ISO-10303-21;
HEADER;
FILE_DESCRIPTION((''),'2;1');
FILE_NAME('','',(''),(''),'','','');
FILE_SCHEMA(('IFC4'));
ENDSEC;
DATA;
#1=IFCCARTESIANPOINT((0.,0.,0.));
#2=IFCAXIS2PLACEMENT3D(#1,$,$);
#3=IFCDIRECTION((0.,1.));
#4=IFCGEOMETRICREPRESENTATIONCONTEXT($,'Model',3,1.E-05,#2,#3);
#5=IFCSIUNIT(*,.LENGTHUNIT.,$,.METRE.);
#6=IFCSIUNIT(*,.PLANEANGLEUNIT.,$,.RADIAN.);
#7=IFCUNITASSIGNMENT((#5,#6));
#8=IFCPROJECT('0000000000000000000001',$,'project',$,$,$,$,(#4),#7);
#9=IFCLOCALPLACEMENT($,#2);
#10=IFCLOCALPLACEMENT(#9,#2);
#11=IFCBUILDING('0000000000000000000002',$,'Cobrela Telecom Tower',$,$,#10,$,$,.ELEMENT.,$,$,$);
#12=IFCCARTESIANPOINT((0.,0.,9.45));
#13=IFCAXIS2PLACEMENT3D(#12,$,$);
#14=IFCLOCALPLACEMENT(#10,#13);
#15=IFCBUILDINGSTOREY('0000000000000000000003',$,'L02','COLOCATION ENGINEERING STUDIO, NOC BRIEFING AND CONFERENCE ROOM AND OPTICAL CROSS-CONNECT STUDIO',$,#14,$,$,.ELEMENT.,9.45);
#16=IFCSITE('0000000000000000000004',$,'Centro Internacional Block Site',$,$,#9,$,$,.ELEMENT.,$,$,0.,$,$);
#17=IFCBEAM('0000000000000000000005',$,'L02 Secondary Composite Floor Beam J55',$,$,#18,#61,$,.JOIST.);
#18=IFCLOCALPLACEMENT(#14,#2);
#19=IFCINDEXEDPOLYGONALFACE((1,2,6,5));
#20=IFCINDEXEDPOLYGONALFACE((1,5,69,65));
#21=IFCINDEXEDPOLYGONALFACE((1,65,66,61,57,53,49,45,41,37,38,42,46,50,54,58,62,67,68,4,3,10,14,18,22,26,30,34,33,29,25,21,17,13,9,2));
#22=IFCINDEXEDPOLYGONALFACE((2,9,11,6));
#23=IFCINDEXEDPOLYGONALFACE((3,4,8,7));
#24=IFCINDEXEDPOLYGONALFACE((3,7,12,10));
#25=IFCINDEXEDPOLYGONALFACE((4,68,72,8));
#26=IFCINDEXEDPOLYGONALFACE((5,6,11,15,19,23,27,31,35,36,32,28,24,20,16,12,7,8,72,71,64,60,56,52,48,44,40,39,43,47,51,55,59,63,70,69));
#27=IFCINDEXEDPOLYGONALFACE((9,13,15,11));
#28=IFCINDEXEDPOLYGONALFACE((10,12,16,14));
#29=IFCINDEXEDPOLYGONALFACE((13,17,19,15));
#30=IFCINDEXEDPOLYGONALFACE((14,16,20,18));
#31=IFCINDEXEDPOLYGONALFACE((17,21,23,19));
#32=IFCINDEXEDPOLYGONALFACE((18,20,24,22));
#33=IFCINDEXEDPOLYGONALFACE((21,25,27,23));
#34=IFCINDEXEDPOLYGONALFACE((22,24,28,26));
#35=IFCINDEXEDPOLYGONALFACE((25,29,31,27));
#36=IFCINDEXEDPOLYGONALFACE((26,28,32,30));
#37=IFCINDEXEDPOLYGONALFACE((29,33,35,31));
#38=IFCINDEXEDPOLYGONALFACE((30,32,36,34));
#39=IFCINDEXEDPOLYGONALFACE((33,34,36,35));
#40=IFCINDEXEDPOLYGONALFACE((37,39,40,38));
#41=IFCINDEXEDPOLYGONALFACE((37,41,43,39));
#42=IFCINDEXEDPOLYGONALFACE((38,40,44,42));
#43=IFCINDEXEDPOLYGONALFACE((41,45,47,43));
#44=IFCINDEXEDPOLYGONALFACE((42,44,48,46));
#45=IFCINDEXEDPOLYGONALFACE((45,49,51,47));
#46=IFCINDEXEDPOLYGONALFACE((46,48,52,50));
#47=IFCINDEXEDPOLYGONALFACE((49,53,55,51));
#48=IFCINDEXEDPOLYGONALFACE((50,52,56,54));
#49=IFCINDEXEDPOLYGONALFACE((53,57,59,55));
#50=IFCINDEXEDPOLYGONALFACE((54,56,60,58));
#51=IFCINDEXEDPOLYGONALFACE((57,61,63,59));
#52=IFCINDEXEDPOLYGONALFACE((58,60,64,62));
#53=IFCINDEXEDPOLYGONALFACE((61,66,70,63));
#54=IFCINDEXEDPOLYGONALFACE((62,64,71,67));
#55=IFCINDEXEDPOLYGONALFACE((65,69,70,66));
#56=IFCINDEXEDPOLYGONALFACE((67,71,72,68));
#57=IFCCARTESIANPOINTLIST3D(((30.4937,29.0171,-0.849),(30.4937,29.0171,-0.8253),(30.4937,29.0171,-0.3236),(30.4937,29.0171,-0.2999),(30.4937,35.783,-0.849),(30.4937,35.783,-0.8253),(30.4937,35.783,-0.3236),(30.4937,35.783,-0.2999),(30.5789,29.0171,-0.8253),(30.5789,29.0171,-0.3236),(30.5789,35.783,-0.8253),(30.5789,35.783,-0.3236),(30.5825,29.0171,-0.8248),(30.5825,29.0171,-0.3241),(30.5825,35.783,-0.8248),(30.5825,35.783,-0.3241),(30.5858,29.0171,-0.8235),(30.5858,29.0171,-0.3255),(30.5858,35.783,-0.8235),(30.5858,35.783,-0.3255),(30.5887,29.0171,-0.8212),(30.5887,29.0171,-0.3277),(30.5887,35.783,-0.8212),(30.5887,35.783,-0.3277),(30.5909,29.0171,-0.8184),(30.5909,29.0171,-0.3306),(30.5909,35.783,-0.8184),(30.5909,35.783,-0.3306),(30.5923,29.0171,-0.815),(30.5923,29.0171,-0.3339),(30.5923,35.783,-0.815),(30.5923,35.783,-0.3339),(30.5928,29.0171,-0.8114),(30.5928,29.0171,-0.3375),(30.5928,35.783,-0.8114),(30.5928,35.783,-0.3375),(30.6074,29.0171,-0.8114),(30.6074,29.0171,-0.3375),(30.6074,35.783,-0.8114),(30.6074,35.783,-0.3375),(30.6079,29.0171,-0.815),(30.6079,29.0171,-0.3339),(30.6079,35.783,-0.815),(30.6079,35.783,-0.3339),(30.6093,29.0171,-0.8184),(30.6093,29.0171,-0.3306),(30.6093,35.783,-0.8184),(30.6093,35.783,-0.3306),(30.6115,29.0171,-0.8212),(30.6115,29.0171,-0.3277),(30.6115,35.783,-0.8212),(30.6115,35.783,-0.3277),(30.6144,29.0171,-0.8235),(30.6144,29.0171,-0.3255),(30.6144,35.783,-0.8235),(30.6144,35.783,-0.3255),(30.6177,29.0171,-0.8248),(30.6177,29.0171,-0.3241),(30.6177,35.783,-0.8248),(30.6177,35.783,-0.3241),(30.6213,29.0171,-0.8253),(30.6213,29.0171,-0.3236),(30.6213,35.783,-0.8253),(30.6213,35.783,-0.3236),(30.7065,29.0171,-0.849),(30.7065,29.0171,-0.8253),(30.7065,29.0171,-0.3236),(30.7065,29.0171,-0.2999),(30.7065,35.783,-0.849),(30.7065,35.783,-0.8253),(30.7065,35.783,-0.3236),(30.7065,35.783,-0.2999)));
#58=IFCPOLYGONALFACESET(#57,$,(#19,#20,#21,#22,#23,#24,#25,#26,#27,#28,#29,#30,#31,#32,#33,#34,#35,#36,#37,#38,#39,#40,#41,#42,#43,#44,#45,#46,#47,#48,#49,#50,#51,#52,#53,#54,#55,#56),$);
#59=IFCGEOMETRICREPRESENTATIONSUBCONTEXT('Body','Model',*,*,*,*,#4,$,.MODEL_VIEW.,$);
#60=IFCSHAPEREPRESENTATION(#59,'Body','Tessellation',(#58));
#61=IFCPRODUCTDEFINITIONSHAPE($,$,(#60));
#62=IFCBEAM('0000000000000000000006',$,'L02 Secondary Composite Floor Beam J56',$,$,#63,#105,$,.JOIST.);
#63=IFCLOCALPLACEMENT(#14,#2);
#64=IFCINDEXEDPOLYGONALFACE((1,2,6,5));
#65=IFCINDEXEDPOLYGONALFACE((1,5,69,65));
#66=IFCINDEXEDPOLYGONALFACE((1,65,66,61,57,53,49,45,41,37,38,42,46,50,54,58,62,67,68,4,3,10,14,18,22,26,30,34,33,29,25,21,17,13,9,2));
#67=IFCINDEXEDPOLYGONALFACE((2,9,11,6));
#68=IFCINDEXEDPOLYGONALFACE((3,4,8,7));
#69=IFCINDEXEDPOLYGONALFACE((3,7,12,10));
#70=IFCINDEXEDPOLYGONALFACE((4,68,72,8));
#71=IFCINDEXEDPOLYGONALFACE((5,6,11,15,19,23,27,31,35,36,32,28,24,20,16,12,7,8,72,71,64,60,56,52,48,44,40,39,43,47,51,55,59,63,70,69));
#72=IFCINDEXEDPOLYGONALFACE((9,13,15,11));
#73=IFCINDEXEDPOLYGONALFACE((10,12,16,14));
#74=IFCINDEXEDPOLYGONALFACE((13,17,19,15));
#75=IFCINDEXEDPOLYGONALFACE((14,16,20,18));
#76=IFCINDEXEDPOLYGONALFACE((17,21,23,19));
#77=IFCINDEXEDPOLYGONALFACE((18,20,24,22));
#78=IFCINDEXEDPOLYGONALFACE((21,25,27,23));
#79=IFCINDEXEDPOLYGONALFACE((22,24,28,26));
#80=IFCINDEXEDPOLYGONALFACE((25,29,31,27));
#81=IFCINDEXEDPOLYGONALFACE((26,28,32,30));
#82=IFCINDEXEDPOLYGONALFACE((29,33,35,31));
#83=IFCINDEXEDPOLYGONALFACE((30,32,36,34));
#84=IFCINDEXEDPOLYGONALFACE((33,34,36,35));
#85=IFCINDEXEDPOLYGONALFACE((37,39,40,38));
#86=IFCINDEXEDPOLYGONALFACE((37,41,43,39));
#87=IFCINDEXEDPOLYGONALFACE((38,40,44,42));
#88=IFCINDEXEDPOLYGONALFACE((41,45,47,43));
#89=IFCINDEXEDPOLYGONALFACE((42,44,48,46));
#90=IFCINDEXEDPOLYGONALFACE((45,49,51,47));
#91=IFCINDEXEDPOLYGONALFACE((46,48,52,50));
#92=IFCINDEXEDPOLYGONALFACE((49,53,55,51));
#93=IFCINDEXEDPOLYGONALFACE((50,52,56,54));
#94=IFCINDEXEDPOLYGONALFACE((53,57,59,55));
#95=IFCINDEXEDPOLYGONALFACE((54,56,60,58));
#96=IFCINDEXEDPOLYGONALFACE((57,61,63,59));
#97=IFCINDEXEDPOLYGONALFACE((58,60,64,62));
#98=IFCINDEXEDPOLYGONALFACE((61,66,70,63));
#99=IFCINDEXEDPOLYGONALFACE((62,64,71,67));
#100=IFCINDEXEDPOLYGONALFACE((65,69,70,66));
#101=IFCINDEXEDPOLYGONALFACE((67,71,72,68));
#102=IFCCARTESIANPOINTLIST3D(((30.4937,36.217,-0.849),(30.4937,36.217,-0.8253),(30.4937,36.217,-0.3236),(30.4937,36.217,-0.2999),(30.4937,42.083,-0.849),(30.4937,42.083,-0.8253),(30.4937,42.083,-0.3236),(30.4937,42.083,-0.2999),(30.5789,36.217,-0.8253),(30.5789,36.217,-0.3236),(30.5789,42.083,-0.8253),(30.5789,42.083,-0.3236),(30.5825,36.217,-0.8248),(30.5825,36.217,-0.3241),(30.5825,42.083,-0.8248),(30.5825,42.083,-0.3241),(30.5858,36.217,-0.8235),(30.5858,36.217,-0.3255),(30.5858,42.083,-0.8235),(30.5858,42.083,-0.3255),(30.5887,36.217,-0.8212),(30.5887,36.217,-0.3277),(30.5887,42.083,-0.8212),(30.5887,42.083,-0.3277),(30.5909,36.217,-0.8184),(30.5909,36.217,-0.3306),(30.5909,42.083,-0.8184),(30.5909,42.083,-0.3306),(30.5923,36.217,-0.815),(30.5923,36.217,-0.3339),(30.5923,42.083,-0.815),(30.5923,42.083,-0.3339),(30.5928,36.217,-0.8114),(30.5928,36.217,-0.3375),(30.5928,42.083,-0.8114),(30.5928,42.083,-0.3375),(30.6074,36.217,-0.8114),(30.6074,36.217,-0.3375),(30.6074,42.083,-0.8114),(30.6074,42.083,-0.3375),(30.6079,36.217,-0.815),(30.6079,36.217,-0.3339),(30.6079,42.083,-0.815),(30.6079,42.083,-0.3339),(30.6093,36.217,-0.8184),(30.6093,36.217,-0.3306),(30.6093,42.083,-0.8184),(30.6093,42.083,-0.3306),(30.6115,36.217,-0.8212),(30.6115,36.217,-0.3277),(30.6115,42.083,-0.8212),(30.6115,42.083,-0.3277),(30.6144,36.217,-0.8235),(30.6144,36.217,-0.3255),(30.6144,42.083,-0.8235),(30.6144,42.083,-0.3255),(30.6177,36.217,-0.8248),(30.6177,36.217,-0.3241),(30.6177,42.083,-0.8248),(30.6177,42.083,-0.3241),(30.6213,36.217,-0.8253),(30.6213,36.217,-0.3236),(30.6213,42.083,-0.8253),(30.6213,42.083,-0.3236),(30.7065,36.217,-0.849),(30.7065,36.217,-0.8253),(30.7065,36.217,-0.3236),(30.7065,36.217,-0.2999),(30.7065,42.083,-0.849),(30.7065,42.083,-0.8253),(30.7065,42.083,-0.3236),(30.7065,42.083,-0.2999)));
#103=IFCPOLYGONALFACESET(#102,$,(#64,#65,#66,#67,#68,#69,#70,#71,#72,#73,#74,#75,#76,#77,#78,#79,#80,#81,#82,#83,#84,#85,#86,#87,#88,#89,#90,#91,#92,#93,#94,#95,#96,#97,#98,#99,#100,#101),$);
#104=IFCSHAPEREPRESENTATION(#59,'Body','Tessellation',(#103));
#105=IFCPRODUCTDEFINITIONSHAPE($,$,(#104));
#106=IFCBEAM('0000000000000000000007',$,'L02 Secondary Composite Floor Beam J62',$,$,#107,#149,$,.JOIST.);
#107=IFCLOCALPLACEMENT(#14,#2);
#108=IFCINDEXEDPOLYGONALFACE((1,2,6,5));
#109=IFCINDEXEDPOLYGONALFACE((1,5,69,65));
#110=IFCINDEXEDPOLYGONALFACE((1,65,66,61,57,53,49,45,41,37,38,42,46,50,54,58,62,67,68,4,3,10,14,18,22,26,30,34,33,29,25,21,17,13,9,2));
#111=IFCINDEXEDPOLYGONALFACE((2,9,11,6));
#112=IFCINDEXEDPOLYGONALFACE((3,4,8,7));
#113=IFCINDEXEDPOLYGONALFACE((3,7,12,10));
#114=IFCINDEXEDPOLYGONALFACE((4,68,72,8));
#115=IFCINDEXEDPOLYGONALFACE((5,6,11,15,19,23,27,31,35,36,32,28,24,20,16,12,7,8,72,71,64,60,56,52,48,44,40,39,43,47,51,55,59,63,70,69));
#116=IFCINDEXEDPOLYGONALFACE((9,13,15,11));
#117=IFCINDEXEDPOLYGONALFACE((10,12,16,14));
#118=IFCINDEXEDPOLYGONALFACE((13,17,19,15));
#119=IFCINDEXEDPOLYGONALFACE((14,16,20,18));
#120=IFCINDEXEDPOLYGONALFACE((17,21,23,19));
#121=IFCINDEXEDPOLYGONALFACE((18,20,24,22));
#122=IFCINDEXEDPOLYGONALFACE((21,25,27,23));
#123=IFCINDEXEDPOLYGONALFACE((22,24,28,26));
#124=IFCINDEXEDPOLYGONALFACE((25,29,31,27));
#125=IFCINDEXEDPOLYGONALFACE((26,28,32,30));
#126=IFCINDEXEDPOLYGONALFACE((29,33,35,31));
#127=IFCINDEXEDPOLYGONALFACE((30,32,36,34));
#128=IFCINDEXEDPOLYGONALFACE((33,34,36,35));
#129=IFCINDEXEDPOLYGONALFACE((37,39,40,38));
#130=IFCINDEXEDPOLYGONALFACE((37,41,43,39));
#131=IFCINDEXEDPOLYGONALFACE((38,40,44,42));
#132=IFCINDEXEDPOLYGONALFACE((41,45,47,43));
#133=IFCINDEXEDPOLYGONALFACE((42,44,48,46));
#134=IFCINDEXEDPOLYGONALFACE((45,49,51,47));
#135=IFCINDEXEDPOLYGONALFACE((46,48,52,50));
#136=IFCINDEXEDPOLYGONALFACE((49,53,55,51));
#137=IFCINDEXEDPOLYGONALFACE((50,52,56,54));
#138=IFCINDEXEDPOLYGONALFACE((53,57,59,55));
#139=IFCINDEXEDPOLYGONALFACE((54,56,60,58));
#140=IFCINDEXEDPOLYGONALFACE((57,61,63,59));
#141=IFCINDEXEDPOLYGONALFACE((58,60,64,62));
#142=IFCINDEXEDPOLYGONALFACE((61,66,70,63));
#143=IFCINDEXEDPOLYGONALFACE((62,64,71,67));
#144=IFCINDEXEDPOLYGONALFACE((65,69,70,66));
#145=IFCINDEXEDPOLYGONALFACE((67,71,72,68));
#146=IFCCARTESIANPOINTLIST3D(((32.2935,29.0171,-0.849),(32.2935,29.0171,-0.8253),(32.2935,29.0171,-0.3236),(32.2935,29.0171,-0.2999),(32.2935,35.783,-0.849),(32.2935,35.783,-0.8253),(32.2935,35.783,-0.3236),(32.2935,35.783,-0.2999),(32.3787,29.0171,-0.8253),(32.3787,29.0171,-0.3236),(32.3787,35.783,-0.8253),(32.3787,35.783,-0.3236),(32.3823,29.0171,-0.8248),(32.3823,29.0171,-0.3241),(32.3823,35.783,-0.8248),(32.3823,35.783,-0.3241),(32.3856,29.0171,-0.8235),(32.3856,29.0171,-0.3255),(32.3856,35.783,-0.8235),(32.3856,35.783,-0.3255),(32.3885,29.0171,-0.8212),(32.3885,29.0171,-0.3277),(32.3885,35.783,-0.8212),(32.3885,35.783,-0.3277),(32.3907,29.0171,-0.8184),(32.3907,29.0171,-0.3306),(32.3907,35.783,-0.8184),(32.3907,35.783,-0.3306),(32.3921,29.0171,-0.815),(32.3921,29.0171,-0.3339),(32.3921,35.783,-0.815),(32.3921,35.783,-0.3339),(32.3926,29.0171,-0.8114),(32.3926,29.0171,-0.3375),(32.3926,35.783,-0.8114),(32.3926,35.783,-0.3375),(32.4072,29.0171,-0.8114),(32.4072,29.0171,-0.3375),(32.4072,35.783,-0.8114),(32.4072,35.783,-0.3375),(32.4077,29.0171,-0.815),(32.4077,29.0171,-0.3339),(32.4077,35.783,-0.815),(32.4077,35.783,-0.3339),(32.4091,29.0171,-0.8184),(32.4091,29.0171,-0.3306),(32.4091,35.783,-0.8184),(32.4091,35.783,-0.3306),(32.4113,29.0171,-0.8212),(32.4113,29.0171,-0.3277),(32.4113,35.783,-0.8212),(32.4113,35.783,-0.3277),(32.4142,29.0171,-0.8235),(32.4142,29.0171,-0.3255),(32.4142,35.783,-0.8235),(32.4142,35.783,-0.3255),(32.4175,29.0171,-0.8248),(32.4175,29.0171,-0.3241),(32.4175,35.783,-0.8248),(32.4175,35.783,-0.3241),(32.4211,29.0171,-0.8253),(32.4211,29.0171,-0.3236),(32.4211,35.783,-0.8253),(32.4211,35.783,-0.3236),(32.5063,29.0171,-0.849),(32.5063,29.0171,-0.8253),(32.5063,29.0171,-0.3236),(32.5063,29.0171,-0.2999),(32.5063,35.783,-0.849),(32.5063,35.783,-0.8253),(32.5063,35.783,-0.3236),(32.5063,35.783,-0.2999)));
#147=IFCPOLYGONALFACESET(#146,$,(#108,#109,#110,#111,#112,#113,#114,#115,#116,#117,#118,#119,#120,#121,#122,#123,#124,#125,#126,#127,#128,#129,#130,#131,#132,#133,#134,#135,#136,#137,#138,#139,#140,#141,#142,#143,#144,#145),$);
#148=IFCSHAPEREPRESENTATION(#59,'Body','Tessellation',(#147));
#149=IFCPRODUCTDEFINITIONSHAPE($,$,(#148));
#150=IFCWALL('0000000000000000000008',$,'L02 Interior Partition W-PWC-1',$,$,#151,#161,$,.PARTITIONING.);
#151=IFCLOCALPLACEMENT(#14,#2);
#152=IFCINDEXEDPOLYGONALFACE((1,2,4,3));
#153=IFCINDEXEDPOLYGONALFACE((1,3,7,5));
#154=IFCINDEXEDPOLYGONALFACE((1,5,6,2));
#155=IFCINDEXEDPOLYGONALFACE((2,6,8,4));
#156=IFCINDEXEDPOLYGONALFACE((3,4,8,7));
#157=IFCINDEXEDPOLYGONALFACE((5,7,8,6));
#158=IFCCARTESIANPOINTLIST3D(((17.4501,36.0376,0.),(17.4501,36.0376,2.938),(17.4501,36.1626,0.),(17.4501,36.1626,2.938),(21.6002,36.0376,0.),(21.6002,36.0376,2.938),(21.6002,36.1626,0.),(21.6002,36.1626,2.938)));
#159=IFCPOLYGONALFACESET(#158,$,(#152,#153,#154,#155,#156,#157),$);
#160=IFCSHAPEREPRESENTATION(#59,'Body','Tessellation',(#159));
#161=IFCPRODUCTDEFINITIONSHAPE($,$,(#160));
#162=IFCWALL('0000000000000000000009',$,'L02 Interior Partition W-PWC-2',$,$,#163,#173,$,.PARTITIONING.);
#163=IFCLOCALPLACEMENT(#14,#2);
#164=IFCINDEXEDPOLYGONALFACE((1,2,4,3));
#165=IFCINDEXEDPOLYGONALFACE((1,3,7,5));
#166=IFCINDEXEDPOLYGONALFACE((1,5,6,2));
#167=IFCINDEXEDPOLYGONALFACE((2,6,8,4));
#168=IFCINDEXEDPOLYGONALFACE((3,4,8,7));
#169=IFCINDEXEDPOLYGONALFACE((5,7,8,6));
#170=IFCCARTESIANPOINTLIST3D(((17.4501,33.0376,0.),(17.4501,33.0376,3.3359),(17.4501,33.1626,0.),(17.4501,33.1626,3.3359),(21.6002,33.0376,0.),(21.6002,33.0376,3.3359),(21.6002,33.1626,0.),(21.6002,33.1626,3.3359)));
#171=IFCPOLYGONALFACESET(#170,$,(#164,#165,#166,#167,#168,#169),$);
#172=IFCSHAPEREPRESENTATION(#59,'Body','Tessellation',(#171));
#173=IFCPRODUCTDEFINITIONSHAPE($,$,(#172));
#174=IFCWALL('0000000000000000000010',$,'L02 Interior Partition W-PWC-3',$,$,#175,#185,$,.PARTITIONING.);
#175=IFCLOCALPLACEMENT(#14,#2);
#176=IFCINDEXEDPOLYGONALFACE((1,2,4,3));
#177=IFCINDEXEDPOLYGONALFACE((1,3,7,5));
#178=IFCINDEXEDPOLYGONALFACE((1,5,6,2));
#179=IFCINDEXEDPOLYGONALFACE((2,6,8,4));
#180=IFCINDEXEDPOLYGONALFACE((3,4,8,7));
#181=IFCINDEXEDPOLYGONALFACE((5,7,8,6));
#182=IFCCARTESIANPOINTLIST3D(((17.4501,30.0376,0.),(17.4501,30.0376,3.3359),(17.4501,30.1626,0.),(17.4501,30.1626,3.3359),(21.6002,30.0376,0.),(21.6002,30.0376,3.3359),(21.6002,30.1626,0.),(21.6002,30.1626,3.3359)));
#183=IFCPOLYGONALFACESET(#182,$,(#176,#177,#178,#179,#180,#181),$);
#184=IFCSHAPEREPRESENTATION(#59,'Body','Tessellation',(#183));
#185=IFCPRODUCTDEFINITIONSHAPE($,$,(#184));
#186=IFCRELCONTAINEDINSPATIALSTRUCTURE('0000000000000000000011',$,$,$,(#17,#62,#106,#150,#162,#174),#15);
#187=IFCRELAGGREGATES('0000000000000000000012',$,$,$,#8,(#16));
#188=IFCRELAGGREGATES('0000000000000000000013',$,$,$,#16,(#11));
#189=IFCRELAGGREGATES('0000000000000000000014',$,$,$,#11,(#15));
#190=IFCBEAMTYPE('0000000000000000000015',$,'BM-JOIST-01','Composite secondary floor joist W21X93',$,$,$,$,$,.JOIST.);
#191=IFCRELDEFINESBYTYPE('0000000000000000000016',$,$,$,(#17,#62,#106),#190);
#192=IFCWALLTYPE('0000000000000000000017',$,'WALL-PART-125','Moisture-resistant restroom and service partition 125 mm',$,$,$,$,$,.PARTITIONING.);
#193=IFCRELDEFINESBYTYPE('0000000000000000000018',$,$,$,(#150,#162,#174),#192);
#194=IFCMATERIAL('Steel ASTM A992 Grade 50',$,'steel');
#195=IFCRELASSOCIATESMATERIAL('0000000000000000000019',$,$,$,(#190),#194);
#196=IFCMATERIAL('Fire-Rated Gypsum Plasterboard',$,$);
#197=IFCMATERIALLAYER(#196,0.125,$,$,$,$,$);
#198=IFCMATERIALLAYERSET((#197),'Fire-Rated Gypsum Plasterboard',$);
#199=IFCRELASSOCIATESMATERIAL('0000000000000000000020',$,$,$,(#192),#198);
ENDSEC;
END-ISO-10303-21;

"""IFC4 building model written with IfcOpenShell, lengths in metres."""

from ifc_helpers import new_model, si_unit, direction, frame, frame_2d, origin, origin_2d, place, context, subcontext, project, spatial, rectangle, i_section, extrude, material, layer, layer_set, material_profile, profile_set, type_object, element, save


model = new_model("IFC4")

# Units and contexts
model_context = context("Model", 3, precision=1e-05, world=origin(), true_north=direction((0.0, 1.0)))
body_context = subcontext(model_context, "Body", "Model", "MODEL_VIEW")
ifc_project = project(units=[si_unit("LENGTHUNIT", "METRE"), si_unit("PLANEANGLEUNIT", "RADIAN")], contexts=[model_context])

# Site, building, storey
site_placement = place(None, origin())
site = spatial("IfcSite", under=ifc_project, at=site_placement, Name="Centro Internacional Block Site", CompositionType="ELEMENT", RefElevation=0.0)
building_placement = place(site_placement, origin())
building = spatial("IfcBuilding", under=site, at=building_placement, Name="Cobrela Telecom Tower", CompositionType="ELEMENT")
storey_placement = place(building_placement, frame((0.0, 0.0, 9.45)))
storey = spatial("IfcBuildingStorey", under=building, at=storey_placement, Name="L02", Description="COLOCATION ENGINEERING STUDIO, NOC BRIEFING AND CONFERENCE ROOM AND OPTICAL CROSS-CONNECT STUDIO", CompositionType="ELEMENT", Elevation=9.45)

# Beams
ifc_material_1 = material(Name="Steel ASTM A992 Grade 50", Category="steel")
ifc_material_profile_1 = material_profile(ifc_material_1, i_section(OverallWidth=0.2129, OverallDepth=0.5491, WebThickness=0.0146, FlangeThickness=0.0237, FilletRadius=0.0139, at=origin_2d()), Name="W21X93")
ifc_profile_set_1 = profile_set([ifc_material_profile_1], Name="Steel ASTM A992 Grade 50")
beam_type_1 = type_object("IfcBeamType", Name="BM-JOIST-01", Description="Composite secondary floor joist W21X93", PredefinedType="JOIST", material=ifc_profile_set_1)
beam_1_placement = place(storey_placement, frame((30.6001, 29.0171, -0.5745), z_axis=(0.0, 1.0, 0.0), x_axis=(-1.0, 0.0, 0.0)))
element("IfcBeam", 1, at=beam_1_placement, inside=storey, type_object=beam_type_1, Name="L02 Secondary Composite Floor Beam J55", PredefinedType="JOIST", context=body_context, shape_type="SweptSolid", body=[
    extrude(i_section(OverallWidth=0.2129, OverallDepth=0.5491, WebThickness=0.0146, FlangeThickness=0.0237, FilletRadius=0.0139, at=origin_2d()), origin(), (0.0, 0.0, 1.0), 6.7659),
])
beam_2_placement = place(storey_placement, frame((30.6001, 36.217, -0.5745), z_axis=(0.0, 1.0, 0.0), x_axis=(-1.0, 0.0, 0.0)))
element("IfcBeam", 2, at=beam_2_placement, inside=storey, type_object=beam_type_1, Name="L02 Secondary Composite Floor Beam J56", PredefinedType="JOIST", context=body_context, shape_type="SweptSolid", body=[
    extrude(i_section(OverallWidth=0.2129, OverallDepth=0.5491, WebThickness=0.0146, FlangeThickness=0.0237, FilletRadius=0.0139, at=origin_2d()), origin(), (0.0, 0.0, 1.0), 5.866),
])
beam_3_placement = place(storey_placement, frame((32.3999, 29.0171, -0.5745), z_axis=(0.0, 1.0, 0.0), x_axis=(-1.0, 0.0, 0.0)))
element("IfcBeam", 3, at=beam_3_placement, inside=storey, type_object=beam_type_1, Name="L02 Secondary Composite Floor Beam J62", PredefinedType="JOIST", context=body_context, shape_type="SweptSolid", body=[
    extrude(i_section(OverallWidth=0.2129, OverallDepth=0.5491, WebThickness=0.0146, FlangeThickness=0.0237, FilletRadius=0.0139, at=origin_2d()), origin(), (0.0, 0.0, 1.0), 6.7659),
])

# Walls
ifc_material_2 = material(Name="Fire-Rated Gypsum Plasterboard")
ifc_layer_1 = layer(ifc_material_2, 0.125)
ifc_layer_set_1 = layer_set([ifc_layer_1], Name="Fire-Rated Gypsum Plasterboard")
wall_type_1 = type_object("IfcWallType", Name="WALL-PART-125", Description="Moisture-resistant restroom and service partition 125 mm", PredefinedType="PARTITIONING", material=ifc_layer_set_1)
wall_1_placement = place(storey_placement, frame((17.45, 36.1001, 0.0), z_axis=(0.0, 0.0, 1.0), x_axis=(1.0, 0.0, 0.0)))
element("IfcWall", 4, at=wall_1_placement, inside=storey, type_object=wall_type_1, Name="L02 Interior Partition W-PWC-1", PredefinedType="PARTITIONING", context=body_context, shape_type="SweptSolid", body=[
    extrude(rectangle(XDim=4.1501, YDim=0.125, at=frame_2d((2.0752, 0.0))), origin(), (0.0, 0.0, 1.0), 2.938),
])
for number, where, z_axis, x_axis, name in (
    (5, (17.45, 33.1001, 0.0), (0.0, 0.0, 1.0), (1.0, 0.0, 0.0), "L02 Interior Partition W-PWC-2"),
    (6, (17.45, 30.1001, 0.0), (0.0, 0.0, 1.0), (1.0, 0.0, 0.0), "L02 Interior Partition W-PWC-3"),
):
    element("IfcWall", number, at=place(storey_placement, frame(where, z_axis=z_axis, x_axis=x_axis)), inside=storey, type_object=wall_type_1, Name=name, PredefinedType="PARTITIONING", context=body_context, shape_type="SweptSolid", body=[
        extrude(rectangle(XDim=4.1501, YDim=0.125, at=frame_2d((2.0752, 0.0))), origin(), (0.0, 0.0, 1.0), 3.3359),
    ])

save(model, "model.ifc")
